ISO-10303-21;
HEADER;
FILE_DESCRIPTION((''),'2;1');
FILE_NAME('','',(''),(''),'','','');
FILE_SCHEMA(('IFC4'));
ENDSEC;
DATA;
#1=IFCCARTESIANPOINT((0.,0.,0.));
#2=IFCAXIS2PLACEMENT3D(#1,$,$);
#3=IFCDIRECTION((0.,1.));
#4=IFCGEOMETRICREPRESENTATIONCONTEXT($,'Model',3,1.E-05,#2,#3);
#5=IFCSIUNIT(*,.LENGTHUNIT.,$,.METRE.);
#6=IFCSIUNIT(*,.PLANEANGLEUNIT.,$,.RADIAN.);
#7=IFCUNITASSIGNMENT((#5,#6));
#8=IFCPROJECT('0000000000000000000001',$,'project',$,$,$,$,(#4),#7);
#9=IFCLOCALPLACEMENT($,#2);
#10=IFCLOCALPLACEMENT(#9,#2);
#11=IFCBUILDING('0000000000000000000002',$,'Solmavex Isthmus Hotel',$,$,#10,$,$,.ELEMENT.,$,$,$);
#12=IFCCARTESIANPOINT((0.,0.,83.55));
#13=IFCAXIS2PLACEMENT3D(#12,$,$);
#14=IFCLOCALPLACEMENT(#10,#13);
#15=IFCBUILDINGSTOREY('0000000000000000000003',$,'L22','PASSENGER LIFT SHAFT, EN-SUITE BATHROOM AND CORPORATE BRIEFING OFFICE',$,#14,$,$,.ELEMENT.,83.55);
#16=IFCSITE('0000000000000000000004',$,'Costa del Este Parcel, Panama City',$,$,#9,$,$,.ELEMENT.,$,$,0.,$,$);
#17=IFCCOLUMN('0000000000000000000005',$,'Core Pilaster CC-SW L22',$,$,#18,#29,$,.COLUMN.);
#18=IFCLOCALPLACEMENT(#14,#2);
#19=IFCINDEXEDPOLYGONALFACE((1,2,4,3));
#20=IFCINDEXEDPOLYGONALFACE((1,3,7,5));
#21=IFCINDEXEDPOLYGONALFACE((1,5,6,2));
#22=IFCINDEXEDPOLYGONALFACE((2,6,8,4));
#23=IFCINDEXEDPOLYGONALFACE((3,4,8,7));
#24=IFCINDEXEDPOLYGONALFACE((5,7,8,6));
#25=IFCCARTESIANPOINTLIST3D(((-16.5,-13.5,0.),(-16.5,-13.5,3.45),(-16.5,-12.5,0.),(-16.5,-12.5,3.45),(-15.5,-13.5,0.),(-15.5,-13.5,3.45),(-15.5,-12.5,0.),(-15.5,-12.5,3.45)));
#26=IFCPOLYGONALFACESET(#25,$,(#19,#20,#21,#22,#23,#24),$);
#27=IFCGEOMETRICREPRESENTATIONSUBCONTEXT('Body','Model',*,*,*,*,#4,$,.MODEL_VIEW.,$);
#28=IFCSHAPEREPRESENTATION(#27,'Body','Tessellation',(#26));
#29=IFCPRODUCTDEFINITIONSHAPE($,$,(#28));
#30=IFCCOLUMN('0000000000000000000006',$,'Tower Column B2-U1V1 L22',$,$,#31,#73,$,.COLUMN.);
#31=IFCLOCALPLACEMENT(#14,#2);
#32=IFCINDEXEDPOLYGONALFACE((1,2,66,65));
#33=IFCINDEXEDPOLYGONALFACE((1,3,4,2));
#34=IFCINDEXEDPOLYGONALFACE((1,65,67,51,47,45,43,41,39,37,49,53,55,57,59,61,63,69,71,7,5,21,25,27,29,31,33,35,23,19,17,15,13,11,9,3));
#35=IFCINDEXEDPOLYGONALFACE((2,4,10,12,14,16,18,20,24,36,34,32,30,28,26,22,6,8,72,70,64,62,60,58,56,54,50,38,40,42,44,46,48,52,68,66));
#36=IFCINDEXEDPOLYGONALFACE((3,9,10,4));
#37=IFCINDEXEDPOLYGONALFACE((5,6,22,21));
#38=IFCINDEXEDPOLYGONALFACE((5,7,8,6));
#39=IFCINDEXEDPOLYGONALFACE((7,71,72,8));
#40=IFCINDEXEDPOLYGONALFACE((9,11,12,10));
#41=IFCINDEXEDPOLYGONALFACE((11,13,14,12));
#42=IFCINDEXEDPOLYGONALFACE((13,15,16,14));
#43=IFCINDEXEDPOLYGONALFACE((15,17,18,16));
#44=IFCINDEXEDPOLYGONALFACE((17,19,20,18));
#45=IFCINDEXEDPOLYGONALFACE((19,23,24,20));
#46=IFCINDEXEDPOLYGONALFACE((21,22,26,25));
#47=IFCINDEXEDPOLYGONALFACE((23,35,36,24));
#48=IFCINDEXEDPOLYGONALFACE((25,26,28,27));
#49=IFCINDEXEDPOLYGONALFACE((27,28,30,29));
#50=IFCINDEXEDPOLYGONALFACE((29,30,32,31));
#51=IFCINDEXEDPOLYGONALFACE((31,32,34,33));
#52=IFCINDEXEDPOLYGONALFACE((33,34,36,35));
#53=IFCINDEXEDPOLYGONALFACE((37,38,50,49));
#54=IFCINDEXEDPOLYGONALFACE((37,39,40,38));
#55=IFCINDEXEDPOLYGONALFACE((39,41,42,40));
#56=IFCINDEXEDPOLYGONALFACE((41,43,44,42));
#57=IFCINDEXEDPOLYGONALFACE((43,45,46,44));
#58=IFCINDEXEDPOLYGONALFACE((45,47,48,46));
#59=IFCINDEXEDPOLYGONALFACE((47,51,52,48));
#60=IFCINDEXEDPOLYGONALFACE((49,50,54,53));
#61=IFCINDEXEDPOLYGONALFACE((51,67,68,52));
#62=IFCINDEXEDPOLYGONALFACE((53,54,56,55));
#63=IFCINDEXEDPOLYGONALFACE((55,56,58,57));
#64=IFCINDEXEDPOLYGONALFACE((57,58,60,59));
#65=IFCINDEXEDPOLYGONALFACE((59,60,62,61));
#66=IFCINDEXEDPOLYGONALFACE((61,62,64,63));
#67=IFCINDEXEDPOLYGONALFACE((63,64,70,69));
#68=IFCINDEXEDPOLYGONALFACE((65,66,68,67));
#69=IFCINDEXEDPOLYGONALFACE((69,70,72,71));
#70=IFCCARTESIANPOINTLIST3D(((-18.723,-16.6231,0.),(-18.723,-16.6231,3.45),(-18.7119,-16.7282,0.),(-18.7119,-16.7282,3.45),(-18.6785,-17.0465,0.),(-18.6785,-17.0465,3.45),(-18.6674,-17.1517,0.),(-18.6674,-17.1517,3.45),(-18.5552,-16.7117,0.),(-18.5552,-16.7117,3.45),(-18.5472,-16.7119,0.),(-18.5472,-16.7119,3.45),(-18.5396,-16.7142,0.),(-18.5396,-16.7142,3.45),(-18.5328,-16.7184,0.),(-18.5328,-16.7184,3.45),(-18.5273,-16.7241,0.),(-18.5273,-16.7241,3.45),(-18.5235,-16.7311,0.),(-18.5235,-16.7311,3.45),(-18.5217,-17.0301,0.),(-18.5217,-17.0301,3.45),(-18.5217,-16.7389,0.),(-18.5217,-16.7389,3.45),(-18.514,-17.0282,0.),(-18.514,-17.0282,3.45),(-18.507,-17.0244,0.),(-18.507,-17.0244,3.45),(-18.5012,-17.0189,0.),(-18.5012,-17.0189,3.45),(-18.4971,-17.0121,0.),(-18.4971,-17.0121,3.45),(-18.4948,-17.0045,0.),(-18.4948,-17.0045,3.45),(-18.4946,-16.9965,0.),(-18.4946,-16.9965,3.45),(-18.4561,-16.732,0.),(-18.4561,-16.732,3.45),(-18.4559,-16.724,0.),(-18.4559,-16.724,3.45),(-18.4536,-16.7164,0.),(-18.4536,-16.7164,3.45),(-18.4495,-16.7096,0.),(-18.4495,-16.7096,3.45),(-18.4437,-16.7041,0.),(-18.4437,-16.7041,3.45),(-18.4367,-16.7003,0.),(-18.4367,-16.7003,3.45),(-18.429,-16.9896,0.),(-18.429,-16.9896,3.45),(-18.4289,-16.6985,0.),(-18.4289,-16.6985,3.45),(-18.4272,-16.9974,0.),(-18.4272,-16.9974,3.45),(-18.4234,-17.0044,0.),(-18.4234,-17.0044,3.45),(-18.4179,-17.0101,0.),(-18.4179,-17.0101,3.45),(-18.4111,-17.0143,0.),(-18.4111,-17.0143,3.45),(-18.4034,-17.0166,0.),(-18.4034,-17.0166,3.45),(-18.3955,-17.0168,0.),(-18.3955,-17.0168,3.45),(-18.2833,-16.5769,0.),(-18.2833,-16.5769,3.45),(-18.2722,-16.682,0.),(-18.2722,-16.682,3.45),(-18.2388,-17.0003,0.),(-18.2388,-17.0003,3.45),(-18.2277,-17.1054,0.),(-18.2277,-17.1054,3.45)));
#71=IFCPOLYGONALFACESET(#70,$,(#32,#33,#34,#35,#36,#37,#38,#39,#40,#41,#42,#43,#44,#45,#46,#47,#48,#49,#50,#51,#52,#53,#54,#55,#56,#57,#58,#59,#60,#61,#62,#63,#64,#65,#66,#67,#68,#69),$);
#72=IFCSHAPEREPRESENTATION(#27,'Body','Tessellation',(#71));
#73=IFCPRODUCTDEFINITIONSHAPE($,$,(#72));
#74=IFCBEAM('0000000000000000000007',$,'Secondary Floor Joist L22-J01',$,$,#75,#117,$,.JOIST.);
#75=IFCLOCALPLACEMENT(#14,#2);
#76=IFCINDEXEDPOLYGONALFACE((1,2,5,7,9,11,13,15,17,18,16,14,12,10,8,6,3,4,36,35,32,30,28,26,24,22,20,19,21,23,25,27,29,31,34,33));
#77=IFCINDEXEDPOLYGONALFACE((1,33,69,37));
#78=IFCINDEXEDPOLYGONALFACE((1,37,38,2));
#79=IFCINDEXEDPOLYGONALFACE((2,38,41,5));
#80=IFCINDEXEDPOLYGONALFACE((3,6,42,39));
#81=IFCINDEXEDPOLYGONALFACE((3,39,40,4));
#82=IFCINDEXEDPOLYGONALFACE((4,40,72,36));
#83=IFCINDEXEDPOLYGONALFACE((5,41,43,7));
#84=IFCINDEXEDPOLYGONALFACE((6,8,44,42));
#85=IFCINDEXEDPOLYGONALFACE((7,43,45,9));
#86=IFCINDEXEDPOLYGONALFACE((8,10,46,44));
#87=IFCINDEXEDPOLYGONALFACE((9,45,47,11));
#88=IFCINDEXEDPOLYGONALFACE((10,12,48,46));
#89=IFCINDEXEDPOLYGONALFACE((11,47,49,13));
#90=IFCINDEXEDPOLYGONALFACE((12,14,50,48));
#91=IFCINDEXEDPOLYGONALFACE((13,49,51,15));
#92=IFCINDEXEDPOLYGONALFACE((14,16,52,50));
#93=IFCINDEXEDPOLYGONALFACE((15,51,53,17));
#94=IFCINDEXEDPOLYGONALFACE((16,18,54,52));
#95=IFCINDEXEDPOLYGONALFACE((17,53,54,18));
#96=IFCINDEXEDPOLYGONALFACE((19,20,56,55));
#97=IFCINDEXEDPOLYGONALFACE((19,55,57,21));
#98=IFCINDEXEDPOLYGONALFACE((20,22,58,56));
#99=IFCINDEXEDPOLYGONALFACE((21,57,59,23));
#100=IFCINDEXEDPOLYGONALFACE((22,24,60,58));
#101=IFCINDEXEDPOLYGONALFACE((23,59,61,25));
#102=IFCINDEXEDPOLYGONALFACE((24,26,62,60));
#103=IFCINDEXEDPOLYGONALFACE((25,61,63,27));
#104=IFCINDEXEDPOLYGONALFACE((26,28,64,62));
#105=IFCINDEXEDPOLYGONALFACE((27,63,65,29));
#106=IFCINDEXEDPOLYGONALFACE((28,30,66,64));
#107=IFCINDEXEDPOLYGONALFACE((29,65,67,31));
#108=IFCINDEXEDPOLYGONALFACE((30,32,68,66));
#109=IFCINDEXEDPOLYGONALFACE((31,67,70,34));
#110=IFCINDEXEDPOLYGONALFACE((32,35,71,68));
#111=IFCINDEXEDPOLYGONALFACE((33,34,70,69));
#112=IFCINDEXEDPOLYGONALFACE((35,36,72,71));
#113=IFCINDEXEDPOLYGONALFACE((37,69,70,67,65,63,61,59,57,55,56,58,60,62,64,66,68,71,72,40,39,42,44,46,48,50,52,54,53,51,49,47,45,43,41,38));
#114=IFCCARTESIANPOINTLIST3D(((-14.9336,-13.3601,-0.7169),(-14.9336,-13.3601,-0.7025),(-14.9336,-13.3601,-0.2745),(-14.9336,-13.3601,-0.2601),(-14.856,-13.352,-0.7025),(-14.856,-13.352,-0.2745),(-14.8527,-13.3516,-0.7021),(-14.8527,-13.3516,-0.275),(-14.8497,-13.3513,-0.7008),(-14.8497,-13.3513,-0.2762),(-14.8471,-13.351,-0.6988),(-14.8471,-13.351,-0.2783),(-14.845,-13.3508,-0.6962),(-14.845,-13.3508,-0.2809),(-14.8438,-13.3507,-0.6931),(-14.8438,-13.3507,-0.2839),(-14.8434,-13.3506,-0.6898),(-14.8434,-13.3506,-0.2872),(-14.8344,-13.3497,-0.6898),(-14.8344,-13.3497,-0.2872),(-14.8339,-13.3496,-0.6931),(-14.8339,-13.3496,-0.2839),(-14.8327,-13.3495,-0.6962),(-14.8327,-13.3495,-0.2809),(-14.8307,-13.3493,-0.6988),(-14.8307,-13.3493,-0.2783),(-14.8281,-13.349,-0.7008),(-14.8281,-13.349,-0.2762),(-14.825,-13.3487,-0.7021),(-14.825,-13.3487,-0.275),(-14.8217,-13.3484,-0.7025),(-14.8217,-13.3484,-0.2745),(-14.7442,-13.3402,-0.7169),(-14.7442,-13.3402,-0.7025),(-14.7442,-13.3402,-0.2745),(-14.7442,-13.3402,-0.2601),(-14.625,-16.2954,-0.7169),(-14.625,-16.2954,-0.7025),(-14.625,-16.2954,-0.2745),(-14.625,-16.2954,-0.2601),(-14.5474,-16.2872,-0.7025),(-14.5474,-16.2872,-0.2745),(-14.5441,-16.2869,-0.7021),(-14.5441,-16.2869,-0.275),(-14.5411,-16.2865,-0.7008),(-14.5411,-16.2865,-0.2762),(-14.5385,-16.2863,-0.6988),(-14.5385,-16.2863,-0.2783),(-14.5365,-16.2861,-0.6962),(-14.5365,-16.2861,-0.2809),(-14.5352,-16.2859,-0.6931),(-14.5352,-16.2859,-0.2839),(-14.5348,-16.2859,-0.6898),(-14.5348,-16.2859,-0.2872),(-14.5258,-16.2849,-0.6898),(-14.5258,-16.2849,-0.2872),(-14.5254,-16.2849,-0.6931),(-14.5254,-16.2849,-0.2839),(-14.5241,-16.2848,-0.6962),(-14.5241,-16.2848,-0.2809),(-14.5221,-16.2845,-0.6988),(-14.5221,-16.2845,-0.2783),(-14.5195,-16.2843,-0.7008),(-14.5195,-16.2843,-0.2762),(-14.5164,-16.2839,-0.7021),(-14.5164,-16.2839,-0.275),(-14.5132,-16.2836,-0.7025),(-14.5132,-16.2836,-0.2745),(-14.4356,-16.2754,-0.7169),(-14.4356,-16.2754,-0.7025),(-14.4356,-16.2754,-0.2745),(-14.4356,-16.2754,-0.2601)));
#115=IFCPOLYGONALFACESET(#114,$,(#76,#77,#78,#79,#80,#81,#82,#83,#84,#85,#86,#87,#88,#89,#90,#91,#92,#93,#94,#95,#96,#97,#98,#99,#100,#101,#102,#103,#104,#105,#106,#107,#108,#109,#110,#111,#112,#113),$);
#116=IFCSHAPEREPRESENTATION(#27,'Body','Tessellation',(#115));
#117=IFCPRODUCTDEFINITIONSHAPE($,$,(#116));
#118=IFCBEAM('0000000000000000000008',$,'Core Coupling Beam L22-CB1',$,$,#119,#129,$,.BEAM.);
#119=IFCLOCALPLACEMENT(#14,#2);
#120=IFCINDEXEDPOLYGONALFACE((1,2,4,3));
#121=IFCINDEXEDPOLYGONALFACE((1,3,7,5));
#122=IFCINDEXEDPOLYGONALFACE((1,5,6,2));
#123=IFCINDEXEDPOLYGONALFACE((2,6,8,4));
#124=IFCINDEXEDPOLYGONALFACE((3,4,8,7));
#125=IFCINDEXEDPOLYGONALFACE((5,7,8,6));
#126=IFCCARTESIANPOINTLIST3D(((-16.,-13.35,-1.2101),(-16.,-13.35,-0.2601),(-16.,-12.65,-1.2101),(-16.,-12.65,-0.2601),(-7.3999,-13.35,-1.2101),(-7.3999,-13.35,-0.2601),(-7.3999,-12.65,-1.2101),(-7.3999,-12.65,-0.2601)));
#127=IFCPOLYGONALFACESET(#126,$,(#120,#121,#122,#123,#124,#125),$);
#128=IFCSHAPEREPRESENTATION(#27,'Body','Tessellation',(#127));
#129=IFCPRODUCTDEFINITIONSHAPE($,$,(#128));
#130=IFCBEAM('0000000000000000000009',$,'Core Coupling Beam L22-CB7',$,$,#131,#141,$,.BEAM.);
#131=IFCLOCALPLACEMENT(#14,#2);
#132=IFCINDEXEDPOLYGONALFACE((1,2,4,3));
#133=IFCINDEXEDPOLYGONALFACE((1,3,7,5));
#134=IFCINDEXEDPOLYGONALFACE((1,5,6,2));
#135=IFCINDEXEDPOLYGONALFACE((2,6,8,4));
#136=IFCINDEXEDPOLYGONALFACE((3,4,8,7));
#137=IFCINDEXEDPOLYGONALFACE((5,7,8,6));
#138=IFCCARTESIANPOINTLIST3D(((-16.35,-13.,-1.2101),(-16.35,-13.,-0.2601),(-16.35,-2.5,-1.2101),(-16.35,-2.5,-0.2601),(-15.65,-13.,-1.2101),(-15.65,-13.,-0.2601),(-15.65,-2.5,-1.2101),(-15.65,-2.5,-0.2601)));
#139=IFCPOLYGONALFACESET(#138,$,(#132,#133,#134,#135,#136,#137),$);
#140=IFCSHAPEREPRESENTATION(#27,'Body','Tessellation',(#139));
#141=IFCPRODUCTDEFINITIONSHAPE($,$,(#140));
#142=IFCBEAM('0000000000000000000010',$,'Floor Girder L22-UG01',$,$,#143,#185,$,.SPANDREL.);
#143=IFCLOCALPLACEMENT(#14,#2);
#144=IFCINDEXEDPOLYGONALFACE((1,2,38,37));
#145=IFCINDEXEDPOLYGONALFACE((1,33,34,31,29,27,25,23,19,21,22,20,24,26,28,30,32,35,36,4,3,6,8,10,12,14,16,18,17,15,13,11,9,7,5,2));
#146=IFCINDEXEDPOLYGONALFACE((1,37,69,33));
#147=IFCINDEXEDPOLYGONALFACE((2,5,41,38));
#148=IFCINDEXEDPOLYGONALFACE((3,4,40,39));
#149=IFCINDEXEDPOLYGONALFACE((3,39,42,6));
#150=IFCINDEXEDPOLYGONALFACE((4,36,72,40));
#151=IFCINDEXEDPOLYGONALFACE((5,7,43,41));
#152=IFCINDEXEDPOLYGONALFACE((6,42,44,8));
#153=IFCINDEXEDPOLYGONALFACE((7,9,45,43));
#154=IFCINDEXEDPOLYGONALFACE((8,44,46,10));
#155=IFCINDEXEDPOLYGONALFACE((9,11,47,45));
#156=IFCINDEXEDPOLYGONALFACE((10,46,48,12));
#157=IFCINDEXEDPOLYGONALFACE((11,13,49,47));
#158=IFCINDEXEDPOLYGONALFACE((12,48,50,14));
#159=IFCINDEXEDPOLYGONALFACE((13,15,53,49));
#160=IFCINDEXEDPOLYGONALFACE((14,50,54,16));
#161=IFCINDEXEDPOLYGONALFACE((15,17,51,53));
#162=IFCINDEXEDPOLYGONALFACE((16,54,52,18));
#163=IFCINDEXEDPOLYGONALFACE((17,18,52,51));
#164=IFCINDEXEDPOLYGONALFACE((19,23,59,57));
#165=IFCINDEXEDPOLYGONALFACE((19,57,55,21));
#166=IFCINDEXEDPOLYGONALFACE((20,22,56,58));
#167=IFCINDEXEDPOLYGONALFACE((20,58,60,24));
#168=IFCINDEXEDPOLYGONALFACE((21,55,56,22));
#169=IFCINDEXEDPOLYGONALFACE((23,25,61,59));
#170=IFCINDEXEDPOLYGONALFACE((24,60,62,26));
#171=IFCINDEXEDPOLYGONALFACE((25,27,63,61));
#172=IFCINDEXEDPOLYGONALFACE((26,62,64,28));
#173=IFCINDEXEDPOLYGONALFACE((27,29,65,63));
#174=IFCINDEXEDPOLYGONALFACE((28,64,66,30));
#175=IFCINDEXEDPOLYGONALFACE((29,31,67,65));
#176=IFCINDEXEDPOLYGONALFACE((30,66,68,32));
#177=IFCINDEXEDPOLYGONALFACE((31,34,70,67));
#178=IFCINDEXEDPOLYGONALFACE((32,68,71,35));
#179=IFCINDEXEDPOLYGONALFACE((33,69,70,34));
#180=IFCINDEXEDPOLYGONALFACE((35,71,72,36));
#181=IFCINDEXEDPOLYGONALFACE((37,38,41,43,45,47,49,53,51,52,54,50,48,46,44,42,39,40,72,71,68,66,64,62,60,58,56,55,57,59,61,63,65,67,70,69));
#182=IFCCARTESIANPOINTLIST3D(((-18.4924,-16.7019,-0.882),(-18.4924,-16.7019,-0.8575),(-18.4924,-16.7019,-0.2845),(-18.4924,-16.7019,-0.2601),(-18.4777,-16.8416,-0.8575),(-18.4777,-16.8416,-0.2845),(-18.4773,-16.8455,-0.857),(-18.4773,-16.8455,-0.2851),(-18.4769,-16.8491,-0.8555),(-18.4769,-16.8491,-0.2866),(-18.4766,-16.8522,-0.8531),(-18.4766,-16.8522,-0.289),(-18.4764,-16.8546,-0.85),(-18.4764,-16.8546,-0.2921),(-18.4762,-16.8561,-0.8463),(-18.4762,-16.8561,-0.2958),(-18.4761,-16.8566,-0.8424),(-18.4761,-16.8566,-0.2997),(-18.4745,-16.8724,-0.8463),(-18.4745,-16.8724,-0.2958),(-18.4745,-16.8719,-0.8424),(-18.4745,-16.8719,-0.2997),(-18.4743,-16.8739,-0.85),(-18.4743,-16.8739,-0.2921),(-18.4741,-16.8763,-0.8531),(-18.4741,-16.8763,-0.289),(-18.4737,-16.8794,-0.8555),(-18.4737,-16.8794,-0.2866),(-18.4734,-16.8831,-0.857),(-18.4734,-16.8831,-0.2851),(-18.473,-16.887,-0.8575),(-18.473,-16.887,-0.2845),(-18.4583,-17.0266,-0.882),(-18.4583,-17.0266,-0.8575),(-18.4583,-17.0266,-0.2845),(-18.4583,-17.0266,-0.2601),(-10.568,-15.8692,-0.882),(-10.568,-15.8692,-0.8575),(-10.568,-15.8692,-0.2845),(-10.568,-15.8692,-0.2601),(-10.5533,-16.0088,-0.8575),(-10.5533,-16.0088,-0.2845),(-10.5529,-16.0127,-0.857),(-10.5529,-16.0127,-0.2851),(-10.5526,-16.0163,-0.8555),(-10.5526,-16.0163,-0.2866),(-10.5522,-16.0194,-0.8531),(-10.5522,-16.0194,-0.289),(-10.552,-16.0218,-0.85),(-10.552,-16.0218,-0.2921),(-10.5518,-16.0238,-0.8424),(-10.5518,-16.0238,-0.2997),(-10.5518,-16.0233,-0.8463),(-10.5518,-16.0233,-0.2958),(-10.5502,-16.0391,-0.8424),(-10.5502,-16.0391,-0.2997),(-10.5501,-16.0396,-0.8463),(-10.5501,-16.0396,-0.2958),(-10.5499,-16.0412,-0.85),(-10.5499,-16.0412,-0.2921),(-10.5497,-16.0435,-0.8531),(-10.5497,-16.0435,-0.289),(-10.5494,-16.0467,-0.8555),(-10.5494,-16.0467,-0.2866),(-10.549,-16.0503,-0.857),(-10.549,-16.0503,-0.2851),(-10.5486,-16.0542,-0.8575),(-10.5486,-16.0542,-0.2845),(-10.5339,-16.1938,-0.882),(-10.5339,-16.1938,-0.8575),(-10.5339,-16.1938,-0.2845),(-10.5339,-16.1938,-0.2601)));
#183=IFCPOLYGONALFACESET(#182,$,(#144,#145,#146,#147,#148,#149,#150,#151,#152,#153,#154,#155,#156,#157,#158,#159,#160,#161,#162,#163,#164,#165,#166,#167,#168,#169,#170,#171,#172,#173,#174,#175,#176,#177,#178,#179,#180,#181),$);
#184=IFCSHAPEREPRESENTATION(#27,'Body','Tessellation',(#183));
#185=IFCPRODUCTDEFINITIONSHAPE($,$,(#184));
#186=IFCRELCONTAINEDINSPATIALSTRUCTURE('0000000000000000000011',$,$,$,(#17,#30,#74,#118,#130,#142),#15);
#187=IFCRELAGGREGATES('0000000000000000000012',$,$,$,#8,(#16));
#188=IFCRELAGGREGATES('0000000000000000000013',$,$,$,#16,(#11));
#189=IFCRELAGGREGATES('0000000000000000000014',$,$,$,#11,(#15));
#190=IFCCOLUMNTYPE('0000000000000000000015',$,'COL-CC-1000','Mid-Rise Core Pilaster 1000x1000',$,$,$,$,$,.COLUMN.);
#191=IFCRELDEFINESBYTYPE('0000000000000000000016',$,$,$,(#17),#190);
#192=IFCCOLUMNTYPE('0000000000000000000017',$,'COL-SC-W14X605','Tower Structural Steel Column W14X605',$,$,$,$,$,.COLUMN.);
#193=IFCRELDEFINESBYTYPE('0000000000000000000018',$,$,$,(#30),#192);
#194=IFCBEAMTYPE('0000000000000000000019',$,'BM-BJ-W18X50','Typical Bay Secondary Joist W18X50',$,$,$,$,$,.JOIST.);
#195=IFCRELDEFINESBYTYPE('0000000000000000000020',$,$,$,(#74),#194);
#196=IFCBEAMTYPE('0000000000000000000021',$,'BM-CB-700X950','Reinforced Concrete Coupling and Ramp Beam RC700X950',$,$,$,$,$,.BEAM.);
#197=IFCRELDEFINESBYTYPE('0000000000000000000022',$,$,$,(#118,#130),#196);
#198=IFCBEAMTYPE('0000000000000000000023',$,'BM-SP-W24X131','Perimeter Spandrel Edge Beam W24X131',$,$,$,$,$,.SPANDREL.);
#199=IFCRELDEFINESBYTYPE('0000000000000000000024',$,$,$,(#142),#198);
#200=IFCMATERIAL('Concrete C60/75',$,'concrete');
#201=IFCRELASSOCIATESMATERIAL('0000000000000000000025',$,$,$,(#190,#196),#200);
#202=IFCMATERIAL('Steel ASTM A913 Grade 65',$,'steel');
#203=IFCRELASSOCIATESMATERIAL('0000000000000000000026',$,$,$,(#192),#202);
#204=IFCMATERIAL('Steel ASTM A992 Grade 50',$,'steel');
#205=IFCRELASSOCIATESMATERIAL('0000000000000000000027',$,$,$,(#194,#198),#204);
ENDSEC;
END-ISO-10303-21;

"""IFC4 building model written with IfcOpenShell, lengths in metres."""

from ifc_helpers import new_model, si_unit, direction, frame, origin, origin_2d, place, context, subcontext, project, spatial, rectangle, i_section, extrude, material, material_profile, profile_set, type_object, element, save


model = new_model("IFC4")

# Units and contexts
model_context = context("Model", 3, precision=1e-05, world=origin(), true_north=direction((0.0, 1.0)))
body_context = subcontext(model_context, "Body", "Model", "MODEL_VIEW")
ifc_project = project(units=[si_unit("LENGTHUNIT", "METRE"), si_unit("PLANEANGLEUNIT", "RADIAN")], contexts=[model_context])

# Site, building, storey
site_placement = place(None, origin())
site = spatial("IfcSite", under=ifc_project, at=site_placement, Name="Costa del Este Parcel, Panama City", CompositionType="ELEMENT", RefElevation=0.0)
building_placement = place(site_placement, origin())
building = spatial("IfcBuilding", under=site, at=building_placement, Name="Solmavex Isthmus Hotel", CompositionType="ELEMENT")
storey_placement = place(building_placement, frame((0.0, 0.0, 83.55)))
storey = spatial("IfcBuildingStorey", under=building, at=storey_placement, Name="L22", Description="PASSENGER LIFT SHAFT, EN-SUITE BATHROOM AND CORPORATE BRIEFING OFFICE", CompositionType="ELEMENT", Elevation=83.55)

# Columns
ifc_material_1 = material(Name="Concrete C60/75", Category="concrete")
ifc_material_profile_1 = material_profile(ifc_material_1, rectangle(XDim=1.0, YDim=1.0, at=origin_2d()), Name="RC1000X1000")
ifc_profile_set_1 = profile_set([ifc_material_profile_1], Name="Concrete C60/75")
column_type_1 = type_object("IfcColumnType", Name="COL-CC-1000", Description="Mid-Rise Core Pilaster 1000x1000", PredefinedType="COLUMN", material=ifc_profile_set_1)
column_1_placement = place(storey_placement, frame((-16.0, -13.0, 0.0), z_axis=(0.0, 0.0, 1.0), x_axis=(1.0, 0.0, 0.0)))
element("IfcColumn", 1, at=column_1_placement, inside=storey, type_object=column_type_1, Name="Core Pilaster CC-SW L22", PredefinedType="COLUMN", context=body_context, shape_type="SweptSolid", body=[
    extrude(rectangle(XDim=1.0, YDim=1.0, at=origin_2d()), origin(), (0.0, 0.0, 1.0), 3.45),
])
ifc_material_2 = material(Name="Steel ASTM A913 Grade 65", Category="steel")
ifc_material_profile_2 = material_profile(ifc_material_2, i_section(OverallWidth=0.4421, OverallDepth=0.5315, WebThickness=0.0659, FlangeThickness=0.1057, FilletRadius=0.0305, at=origin_2d()), Name="W14X605")
ifc_profile_set_2 = profile_set([ifc_material_profile_2], Name="Steel ASTM A913 Grade 65")
column_type_2 = type_object("IfcColumnType", Name="COL-SC-W14X605", Description="Tower Structural Steel Column W14X605", PredefinedType="COLUMN", material=ifc_profile_set_2)
column_2_placement = place(storey_placement, frame((-18.4753, -16.8643, 0.0), z_axis=(0.0, 0.0, 1.0), x_axis=(0.994522, 0.104528, 0.0)))
element("IfcColumn", 2, at=column_2_placement, inside=storey, type_object=column_type_2, Name="Tower Column B2-U1V1 L22", PredefinedType="COLUMN", context=body_context, shape_type="SweptSolid", body=[
    extrude(i_section(OverallWidth=0.4421, OverallDepth=0.5315, WebThickness=0.0659, FlangeThickness=0.1057, FilletRadius=0.0305, at=origin_2d()), origin(), (0.0, 0.0, 1.0), 3.45),
])

# Beams
ifc_material_3 = material(Name="Steel ASTM A992 Grade 50", Category="steel")
ifc_material_profile_3 = material_profile(ifc_material_3, i_section(OverallWidth=0.1904, OverallDepth=0.4568, WebThickness=0.009, FlangeThickness=0.0144, FilletRadius=0.0127, at=origin_2d()), Name="W18X50")
ifc_profile_set_3 = profile_set([ifc_material_profile_3], Name="Steel ASTM A992 Grade 50")
beam_type_1 = type_object("IfcBeamType", Name="BM-BJ-W18X50", Description="Typical Bay Secondary Joist W18X50", PredefinedType="JOIST", material=ifc_profile_set_3)
beam_1_placement = place(storey_placement, frame((-14.5303, -16.2854, -0.4885), z_axis=(-0.104556, 0.994519, 0.0), x_axis=(-0.994519, -0.104556, 0.0)))
element("IfcBeam", 3, at=beam_1_placement, inside=storey, type_object=beam_type_1, Name="Secondary Floor Joist L22-J01", PredefinedType="JOIST", context=body_context, shape_type="SweptSolid", body=[
    extrude(i_section(OverallWidth=0.1904, OverallDepth=0.4568, WebThickness=0.009, FlangeThickness=0.0144, FilletRadius=0.0127, at=origin_2d()), origin(), (0.0, 0.0, 1.0), 2.9514),
])
ifc_material_profile_4 = material_profile(ifc_material_1, rectangle(XDim=0.7, YDim=0.95, at=origin_2d()), Name="RC700X950")
ifc_profile_set_4 = profile_set([ifc_material_profile_4], Name="Concrete C60/75")
beam_type_2 = type_object("IfcBeamType", Name="BM-CB-700X950", Description="Reinforced Concrete Coupling and Ramp Beam RC700X950", PredefinedType="BEAM", material=ifc_profile_set_4)
beam_2_placement = place(storey_placement, frame((-16.0, -13.0, -0.7351), z_axis=(1.0, 0.0, 0.0), x_axis=(0.0, 1.0, 0.0)))
element("IfcBeam", 4, at=beam_2_placement, inside=storey, type_object=beam_type_2, Name="Core Coupling Beam L22-CB1", PredefinedType="BEAM", context=body_context, shape_type="SweptSolid", body=[
    extrude(rectangle(XDim=0.7, YDim=0.95, at=origin_2d()), origin(), (0.0, 0.0, 1.0), 8.6001),
])
beam_3_placement = place(storey_placement, frame((-16.0, -13.0, -0.7351), z_axis=(0.0, 1.0, 0.0), x_axis=(-1.0, 0.0, 0.0)))
element("IfcBeam", 5, at=beam_3_placement, inside=storey, type_object=beam_type_2, Name="Core Coupling Beam L22-CB7", PredefinedType="BEAM", context=body_context, shape_type="SweptSolid", body=[
    extrude(rectangle(XDim=0.7, YDim=0.95, at=origin_2d()), origin(), (0.0, 0.0, 1.0), 10.5),
])
ifc_material_profile_5 = material_profile(ifc_material_3, i_section(OverallWidth=0.3264, OverallDepth=0.6218, WebThickness=0.0154, FlangeThickness=0.0244, FilletRadius=0.0151, at=origin_2d()), Name="W24X131")
ifc_profile_set_5 = profile_set([ifc_material_profile_5], Name="Steel ASTM A992 Grade 50")
beam_type_3 = type_object("IfcBeamType", Name="BM-SP-W24X131", Description="Perimeter Spandrel Edge Beam W24X131", PredefinedType="SPANDREL", material=ifc_profile_set_5)
beam_4_placement = place(storey_placement, frame((-18.4753, -16.8643, -0.571), z_axis=(0.994523, 0.104514, 0.0), x_axis=(-0.104514, 0.994523, 0.0)))
element("IfcBeam", 6, at=beam_4_placement, inside=storey, type_object=beam_type_3, Name="Floor Girder L22-UG01", PredefinedType="SPANDREL", context=body_context, shape_type="SweptSolid", body=[
    extrude(i_section(OverallWidth=0.3264, OverallDepth=0.6218, WebThickness=0.0154, FlangeThickness=0.0244, FilletRadius=0.0151, at=origin_2d()), origin(), (0.0, 0.0, 1.0), 7.968),
])

save(model, "model.ifc")
